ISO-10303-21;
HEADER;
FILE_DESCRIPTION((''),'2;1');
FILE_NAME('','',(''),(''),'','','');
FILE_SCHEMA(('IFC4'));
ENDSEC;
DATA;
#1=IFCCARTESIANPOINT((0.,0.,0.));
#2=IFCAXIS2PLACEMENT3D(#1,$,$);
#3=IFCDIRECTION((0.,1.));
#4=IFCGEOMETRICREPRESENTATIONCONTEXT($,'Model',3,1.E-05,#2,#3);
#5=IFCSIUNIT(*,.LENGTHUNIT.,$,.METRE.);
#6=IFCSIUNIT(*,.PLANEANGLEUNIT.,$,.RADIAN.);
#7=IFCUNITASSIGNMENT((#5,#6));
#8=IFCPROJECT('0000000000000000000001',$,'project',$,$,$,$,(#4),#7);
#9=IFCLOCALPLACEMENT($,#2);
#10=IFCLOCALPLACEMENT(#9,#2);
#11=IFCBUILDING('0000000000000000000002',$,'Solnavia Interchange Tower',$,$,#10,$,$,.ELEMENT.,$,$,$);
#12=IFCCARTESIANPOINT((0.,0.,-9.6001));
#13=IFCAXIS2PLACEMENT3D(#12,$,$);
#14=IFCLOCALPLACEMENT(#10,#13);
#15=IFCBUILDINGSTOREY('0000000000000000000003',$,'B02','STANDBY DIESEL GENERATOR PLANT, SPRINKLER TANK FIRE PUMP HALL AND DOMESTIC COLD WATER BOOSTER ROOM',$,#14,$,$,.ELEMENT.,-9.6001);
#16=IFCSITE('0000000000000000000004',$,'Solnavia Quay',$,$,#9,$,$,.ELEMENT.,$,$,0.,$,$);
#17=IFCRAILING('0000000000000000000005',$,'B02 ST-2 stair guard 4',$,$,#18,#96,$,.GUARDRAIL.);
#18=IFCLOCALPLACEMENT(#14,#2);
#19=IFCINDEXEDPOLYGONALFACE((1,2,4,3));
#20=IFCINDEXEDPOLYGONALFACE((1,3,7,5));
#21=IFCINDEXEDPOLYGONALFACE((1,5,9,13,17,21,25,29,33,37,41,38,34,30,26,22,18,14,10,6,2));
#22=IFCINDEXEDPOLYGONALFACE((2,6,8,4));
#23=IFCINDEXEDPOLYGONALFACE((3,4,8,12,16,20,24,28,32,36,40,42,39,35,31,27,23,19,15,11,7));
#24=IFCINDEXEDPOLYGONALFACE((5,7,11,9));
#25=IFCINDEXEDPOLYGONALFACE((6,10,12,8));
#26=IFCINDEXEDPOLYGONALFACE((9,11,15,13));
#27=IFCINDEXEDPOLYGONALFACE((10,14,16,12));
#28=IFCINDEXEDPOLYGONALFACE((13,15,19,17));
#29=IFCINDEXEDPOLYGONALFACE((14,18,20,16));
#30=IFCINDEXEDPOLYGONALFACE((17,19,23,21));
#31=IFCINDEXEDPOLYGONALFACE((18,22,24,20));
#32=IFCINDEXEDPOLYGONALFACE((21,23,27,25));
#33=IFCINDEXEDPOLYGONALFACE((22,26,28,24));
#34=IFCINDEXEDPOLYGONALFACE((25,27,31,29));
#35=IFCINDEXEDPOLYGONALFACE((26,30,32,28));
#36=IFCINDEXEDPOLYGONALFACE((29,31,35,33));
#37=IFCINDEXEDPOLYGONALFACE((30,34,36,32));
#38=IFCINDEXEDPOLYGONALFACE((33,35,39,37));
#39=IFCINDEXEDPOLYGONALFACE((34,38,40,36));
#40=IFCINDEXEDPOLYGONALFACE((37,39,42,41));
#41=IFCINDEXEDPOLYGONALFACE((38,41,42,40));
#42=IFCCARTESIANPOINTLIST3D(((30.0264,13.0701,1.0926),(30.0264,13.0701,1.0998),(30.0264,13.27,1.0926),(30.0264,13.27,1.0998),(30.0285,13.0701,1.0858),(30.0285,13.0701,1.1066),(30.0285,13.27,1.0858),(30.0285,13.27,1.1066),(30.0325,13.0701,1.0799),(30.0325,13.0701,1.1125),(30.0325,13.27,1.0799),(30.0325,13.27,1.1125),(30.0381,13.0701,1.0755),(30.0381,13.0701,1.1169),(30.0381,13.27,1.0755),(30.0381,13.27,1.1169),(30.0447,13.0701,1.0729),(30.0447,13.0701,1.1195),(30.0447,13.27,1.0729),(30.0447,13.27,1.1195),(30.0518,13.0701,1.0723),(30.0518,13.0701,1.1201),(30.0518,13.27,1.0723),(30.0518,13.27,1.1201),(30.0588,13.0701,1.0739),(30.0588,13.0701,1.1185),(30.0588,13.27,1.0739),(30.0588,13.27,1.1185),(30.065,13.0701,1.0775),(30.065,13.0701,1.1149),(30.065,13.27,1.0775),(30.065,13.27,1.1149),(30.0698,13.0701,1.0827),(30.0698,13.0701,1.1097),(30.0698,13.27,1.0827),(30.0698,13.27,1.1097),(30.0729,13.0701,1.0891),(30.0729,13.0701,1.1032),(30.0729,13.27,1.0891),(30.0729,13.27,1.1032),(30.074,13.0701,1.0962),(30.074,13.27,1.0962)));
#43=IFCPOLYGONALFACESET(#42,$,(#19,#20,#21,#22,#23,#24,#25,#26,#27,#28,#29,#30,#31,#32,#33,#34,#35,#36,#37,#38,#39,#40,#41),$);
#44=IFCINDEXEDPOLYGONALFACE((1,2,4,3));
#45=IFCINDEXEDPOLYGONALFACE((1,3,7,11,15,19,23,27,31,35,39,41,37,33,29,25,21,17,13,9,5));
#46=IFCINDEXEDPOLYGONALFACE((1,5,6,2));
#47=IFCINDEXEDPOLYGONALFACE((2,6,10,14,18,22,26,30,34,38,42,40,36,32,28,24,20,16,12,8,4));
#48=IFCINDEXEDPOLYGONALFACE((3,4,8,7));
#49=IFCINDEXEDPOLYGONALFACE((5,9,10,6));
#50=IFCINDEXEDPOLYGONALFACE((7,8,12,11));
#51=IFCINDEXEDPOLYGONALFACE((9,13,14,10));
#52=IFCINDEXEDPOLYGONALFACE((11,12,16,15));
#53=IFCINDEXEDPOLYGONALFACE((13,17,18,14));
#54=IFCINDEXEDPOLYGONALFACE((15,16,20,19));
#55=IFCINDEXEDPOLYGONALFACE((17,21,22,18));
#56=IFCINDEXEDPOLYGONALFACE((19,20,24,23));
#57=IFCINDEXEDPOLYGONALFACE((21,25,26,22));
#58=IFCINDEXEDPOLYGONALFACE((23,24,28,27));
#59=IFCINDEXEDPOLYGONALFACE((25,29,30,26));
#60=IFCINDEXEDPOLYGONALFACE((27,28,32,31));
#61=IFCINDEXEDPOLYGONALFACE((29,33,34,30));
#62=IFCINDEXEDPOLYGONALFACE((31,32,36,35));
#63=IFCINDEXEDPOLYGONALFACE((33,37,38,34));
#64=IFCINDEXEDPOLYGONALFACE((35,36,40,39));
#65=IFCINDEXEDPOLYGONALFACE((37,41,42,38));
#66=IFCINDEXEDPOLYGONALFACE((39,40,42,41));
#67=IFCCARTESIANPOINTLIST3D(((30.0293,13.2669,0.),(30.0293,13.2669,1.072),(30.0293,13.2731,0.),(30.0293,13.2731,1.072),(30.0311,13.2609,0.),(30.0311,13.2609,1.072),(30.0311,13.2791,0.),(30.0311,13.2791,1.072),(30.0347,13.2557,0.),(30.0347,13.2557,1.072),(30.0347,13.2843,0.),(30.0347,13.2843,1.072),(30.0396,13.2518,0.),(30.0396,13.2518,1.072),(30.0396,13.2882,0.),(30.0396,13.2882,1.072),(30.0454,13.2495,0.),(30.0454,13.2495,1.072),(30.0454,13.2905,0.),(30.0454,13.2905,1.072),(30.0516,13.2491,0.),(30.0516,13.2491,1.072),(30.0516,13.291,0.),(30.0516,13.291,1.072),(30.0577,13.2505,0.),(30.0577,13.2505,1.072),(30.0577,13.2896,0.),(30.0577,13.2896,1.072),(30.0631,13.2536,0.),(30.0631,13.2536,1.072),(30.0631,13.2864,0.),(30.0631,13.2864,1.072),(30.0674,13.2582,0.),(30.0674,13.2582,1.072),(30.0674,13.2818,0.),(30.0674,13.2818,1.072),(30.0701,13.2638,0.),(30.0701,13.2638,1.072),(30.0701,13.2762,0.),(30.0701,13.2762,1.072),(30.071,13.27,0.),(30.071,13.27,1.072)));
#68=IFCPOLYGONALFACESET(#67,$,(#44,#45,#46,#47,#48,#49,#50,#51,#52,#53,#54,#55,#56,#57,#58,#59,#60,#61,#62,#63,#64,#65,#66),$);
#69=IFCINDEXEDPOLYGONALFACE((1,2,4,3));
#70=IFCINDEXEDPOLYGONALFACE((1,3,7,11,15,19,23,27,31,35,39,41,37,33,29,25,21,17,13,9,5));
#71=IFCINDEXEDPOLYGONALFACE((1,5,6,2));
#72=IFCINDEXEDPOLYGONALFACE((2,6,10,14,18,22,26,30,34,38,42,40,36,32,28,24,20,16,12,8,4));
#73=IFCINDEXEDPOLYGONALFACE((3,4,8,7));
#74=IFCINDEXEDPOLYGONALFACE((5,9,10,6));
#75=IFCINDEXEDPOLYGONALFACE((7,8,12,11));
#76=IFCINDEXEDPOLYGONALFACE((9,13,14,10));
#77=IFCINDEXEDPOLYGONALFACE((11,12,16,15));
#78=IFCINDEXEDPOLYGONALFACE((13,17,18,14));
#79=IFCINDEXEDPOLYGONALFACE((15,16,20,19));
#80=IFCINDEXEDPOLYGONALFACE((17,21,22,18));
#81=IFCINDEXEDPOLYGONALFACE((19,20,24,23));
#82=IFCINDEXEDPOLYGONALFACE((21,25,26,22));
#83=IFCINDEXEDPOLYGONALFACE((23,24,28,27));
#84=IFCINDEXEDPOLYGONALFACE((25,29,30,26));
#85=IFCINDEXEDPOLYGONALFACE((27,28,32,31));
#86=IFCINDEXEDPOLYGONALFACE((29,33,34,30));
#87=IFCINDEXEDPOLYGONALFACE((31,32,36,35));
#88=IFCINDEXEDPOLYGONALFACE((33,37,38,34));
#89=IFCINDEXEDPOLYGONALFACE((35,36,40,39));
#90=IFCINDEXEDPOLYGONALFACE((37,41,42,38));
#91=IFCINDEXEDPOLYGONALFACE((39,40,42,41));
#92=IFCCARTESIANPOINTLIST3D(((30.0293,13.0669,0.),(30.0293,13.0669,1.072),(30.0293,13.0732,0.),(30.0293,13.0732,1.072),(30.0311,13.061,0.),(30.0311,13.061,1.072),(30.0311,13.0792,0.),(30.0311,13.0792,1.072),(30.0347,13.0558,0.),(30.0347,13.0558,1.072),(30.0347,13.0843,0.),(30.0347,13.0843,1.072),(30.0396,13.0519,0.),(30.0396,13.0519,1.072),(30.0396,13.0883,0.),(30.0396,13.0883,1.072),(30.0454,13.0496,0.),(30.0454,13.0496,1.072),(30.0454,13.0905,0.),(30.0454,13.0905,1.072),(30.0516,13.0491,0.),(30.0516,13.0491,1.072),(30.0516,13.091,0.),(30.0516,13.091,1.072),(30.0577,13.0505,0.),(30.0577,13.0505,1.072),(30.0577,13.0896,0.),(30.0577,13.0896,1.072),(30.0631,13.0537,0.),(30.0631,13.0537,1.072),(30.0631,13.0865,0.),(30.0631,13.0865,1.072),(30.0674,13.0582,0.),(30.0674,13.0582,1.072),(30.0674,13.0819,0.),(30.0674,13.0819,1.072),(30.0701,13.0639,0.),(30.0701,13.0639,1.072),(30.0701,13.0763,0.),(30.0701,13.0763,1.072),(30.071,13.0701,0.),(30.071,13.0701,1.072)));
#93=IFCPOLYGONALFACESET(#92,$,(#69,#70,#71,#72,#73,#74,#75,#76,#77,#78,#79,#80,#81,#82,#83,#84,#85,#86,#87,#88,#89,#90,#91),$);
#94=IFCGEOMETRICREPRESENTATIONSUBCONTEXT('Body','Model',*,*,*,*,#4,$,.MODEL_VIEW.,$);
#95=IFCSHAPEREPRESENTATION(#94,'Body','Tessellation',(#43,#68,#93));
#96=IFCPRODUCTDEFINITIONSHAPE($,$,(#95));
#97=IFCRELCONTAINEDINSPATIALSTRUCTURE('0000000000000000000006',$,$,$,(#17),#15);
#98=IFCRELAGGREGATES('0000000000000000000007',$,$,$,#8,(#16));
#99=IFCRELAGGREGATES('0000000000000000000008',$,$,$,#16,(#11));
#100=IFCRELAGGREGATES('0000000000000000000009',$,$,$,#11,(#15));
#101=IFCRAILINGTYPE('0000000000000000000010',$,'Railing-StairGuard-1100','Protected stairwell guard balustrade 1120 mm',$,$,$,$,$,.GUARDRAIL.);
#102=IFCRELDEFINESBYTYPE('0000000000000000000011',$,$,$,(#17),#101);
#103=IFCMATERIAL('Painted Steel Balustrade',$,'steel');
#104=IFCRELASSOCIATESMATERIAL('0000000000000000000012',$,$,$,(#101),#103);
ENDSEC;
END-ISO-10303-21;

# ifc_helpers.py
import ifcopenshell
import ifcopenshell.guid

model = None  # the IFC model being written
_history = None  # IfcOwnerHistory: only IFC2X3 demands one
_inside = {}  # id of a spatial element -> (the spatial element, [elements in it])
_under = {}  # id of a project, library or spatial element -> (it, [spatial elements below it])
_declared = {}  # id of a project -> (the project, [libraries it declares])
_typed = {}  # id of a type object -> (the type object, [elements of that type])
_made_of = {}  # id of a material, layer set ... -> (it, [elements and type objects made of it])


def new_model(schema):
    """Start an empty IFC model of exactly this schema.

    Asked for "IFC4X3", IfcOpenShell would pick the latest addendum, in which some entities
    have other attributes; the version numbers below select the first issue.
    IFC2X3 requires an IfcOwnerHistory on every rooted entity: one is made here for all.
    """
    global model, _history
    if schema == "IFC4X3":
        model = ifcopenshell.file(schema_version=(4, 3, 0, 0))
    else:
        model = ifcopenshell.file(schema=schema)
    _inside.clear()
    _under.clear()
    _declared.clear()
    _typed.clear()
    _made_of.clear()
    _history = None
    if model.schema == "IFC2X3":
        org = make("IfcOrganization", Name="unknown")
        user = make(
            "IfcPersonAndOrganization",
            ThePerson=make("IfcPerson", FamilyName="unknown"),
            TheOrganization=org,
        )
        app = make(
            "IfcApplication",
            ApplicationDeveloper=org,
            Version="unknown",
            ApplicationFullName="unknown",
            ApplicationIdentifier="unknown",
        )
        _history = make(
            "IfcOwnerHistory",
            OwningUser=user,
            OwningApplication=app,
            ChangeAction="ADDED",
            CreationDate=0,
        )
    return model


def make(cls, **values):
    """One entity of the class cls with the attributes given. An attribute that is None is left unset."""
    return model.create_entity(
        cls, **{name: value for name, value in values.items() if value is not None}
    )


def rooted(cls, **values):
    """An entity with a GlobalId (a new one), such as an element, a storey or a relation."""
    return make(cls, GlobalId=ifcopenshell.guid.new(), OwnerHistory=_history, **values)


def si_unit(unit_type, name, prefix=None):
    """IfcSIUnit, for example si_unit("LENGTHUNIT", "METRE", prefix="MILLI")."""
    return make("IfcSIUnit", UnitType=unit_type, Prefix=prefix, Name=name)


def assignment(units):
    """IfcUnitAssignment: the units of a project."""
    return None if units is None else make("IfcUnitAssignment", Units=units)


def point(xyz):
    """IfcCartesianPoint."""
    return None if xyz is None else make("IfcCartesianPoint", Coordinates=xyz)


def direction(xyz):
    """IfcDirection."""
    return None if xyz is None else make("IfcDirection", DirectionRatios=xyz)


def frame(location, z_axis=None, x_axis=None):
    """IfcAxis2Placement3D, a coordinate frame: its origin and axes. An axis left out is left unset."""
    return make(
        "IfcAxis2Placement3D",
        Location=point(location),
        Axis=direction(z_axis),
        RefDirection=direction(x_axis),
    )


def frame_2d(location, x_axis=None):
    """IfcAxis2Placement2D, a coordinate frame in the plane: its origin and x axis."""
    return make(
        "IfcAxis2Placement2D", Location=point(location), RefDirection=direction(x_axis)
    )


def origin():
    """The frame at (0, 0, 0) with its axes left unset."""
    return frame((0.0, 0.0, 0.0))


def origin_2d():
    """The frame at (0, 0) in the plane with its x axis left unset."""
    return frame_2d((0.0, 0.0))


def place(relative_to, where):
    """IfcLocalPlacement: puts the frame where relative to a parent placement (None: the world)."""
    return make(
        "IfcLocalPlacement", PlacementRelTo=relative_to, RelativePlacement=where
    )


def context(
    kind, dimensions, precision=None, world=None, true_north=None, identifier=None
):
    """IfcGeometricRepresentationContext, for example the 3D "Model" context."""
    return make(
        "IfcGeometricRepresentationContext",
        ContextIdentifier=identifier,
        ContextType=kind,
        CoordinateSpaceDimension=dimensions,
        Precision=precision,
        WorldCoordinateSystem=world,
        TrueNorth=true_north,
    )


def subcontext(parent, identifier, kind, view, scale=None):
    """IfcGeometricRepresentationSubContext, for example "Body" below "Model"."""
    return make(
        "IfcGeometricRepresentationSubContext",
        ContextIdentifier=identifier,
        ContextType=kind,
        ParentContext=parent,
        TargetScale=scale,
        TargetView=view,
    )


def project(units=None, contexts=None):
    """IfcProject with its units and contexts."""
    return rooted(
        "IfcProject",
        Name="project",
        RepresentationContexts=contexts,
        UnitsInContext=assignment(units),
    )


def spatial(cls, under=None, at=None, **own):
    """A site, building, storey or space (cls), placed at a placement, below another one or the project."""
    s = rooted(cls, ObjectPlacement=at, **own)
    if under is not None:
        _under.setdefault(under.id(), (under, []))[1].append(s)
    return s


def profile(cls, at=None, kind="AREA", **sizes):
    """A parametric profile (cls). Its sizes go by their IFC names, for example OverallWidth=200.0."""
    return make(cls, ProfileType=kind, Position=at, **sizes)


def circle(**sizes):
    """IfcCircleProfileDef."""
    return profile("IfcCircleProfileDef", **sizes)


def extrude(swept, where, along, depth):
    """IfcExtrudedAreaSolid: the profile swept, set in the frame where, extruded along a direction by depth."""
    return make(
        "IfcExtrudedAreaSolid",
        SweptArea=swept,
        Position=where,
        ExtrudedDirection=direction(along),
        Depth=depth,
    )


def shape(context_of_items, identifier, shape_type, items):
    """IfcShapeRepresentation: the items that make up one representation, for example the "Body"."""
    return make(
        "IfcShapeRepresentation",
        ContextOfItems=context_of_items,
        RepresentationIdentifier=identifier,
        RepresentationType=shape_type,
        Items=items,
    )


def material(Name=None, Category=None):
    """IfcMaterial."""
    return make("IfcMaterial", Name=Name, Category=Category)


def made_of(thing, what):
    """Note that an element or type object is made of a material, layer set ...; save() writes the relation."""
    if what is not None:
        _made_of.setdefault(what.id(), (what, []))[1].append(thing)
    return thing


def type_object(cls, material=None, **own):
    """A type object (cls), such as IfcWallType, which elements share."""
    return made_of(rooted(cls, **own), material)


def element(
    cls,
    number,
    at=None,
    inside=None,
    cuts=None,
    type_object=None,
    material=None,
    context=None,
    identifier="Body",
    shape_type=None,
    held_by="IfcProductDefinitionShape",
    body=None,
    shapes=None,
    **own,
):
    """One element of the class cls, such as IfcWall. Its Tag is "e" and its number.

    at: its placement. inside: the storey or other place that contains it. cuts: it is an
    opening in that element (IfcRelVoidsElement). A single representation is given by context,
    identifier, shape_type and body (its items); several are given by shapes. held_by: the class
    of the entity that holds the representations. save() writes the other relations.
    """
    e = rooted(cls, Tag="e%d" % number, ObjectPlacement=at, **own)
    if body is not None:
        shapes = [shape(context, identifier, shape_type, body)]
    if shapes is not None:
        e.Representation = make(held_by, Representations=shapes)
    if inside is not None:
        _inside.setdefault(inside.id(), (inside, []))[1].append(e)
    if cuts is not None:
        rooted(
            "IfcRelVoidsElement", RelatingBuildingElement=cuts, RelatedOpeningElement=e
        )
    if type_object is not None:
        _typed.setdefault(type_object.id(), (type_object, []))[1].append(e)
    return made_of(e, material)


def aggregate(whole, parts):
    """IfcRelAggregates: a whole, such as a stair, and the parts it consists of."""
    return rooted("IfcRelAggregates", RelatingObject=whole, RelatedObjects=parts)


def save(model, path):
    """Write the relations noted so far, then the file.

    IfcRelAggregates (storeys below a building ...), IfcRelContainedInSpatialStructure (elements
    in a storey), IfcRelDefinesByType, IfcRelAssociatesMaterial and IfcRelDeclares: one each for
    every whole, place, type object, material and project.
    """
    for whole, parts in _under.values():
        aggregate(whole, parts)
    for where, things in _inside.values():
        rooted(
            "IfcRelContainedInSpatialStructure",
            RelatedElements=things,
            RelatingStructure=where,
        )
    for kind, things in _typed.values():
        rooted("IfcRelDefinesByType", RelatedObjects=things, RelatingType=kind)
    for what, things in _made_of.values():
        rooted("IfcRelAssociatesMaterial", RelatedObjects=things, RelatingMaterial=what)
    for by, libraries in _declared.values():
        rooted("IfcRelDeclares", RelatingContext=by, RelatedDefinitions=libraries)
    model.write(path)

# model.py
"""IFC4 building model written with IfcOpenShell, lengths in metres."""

from ifc_helpers import new_model, si_unit, direction, frame, origin, origin_2d, place, context, subcontext, project, spatial, circle, extrude, material, type_object, element, save


model = new_model("IFC4")

# Units and contexts
model_context = context("Model", 3, precision=1e-05, world=origin(), true_north=direction((0.0, 1.0)))
body_context = subcontext(model_context, "Body", "Model", "MODEL_VIEW")
ifc_project = project(units=[si_unit("LENGTHUNIT", "METRE"), si_unit("PLANEANGLEUNIT", "RADIAN")], contexts=[model_context])

# Site, building, storey
site_placement = place(None, origin())
site = spatial("IfcSite", under=ifc_project, at=site_placement, Name="Solnavia Quay", CompositionType="ELEMENT", RefElevation=0.0)
building_placement = place(site_placement, origin())
building = spatial("IfcBuilding", under=site, at=building_placement, Name="Solnavia Interchange Tower", CompositionType="ELEMENT")
storey_placement = place(building_placement, frame((0.0, 0.0, -9.6001)))
storey = spatial("IfcBuildingStorey", under=building, at=storey_placement, Name="B02", Description="STANDBY DIESEL GENERATOR PLANT, SPRINKLER TANK FIRE PUMP HALL AND DOMESTIC COLD WATER BOOSTER ROOM", CompositionType="ELEMENT", Elevation=-9.6001)

# Railing
ifc_material_1 = material(Name="Painted Steel Balustrade", Category="steel")
railing_type_1 = type_object("IfcRailingType", Name="Railing-StairGuard-1100", Description="Protected stairwell guard balustrade 1120 mm", PredefinedType="GUARDRAIL", material=ifc_material_1)
railing_1_placement = place(storey_placement, frame((30.05, 13.27, 0.0)))
element("IfcRailing", 1, at=railing_1_placement, inside=storey, type_object=railing_type_1, Name="B02 ST-2 stair guard 4", PredefinedType="GUARDRAIL", context=body_context, shape_type="SweptSolid", body=[
    extrude(circle(Radius=0.0239, at=origin_2d()), frame((0.0, 0.0, 1.0962), z_axis=(0.0, -1.0, 0.0), x_axis=(1.0, 0.0, 0.0)), (0.0, 0.0, 1.0), 0.2),
    extrude(circle(Radius=0.021, at=origin_2d()), origin(), (0.0, 0.0, 1.0), 1.072),
    extrude(circle(Radius=0.021, at=origin_2d()), frame((0.0, -0.2, 0.0)), (0.0, 0.0, 1.0), 1.072),
])

save(model, "model.ifc")
